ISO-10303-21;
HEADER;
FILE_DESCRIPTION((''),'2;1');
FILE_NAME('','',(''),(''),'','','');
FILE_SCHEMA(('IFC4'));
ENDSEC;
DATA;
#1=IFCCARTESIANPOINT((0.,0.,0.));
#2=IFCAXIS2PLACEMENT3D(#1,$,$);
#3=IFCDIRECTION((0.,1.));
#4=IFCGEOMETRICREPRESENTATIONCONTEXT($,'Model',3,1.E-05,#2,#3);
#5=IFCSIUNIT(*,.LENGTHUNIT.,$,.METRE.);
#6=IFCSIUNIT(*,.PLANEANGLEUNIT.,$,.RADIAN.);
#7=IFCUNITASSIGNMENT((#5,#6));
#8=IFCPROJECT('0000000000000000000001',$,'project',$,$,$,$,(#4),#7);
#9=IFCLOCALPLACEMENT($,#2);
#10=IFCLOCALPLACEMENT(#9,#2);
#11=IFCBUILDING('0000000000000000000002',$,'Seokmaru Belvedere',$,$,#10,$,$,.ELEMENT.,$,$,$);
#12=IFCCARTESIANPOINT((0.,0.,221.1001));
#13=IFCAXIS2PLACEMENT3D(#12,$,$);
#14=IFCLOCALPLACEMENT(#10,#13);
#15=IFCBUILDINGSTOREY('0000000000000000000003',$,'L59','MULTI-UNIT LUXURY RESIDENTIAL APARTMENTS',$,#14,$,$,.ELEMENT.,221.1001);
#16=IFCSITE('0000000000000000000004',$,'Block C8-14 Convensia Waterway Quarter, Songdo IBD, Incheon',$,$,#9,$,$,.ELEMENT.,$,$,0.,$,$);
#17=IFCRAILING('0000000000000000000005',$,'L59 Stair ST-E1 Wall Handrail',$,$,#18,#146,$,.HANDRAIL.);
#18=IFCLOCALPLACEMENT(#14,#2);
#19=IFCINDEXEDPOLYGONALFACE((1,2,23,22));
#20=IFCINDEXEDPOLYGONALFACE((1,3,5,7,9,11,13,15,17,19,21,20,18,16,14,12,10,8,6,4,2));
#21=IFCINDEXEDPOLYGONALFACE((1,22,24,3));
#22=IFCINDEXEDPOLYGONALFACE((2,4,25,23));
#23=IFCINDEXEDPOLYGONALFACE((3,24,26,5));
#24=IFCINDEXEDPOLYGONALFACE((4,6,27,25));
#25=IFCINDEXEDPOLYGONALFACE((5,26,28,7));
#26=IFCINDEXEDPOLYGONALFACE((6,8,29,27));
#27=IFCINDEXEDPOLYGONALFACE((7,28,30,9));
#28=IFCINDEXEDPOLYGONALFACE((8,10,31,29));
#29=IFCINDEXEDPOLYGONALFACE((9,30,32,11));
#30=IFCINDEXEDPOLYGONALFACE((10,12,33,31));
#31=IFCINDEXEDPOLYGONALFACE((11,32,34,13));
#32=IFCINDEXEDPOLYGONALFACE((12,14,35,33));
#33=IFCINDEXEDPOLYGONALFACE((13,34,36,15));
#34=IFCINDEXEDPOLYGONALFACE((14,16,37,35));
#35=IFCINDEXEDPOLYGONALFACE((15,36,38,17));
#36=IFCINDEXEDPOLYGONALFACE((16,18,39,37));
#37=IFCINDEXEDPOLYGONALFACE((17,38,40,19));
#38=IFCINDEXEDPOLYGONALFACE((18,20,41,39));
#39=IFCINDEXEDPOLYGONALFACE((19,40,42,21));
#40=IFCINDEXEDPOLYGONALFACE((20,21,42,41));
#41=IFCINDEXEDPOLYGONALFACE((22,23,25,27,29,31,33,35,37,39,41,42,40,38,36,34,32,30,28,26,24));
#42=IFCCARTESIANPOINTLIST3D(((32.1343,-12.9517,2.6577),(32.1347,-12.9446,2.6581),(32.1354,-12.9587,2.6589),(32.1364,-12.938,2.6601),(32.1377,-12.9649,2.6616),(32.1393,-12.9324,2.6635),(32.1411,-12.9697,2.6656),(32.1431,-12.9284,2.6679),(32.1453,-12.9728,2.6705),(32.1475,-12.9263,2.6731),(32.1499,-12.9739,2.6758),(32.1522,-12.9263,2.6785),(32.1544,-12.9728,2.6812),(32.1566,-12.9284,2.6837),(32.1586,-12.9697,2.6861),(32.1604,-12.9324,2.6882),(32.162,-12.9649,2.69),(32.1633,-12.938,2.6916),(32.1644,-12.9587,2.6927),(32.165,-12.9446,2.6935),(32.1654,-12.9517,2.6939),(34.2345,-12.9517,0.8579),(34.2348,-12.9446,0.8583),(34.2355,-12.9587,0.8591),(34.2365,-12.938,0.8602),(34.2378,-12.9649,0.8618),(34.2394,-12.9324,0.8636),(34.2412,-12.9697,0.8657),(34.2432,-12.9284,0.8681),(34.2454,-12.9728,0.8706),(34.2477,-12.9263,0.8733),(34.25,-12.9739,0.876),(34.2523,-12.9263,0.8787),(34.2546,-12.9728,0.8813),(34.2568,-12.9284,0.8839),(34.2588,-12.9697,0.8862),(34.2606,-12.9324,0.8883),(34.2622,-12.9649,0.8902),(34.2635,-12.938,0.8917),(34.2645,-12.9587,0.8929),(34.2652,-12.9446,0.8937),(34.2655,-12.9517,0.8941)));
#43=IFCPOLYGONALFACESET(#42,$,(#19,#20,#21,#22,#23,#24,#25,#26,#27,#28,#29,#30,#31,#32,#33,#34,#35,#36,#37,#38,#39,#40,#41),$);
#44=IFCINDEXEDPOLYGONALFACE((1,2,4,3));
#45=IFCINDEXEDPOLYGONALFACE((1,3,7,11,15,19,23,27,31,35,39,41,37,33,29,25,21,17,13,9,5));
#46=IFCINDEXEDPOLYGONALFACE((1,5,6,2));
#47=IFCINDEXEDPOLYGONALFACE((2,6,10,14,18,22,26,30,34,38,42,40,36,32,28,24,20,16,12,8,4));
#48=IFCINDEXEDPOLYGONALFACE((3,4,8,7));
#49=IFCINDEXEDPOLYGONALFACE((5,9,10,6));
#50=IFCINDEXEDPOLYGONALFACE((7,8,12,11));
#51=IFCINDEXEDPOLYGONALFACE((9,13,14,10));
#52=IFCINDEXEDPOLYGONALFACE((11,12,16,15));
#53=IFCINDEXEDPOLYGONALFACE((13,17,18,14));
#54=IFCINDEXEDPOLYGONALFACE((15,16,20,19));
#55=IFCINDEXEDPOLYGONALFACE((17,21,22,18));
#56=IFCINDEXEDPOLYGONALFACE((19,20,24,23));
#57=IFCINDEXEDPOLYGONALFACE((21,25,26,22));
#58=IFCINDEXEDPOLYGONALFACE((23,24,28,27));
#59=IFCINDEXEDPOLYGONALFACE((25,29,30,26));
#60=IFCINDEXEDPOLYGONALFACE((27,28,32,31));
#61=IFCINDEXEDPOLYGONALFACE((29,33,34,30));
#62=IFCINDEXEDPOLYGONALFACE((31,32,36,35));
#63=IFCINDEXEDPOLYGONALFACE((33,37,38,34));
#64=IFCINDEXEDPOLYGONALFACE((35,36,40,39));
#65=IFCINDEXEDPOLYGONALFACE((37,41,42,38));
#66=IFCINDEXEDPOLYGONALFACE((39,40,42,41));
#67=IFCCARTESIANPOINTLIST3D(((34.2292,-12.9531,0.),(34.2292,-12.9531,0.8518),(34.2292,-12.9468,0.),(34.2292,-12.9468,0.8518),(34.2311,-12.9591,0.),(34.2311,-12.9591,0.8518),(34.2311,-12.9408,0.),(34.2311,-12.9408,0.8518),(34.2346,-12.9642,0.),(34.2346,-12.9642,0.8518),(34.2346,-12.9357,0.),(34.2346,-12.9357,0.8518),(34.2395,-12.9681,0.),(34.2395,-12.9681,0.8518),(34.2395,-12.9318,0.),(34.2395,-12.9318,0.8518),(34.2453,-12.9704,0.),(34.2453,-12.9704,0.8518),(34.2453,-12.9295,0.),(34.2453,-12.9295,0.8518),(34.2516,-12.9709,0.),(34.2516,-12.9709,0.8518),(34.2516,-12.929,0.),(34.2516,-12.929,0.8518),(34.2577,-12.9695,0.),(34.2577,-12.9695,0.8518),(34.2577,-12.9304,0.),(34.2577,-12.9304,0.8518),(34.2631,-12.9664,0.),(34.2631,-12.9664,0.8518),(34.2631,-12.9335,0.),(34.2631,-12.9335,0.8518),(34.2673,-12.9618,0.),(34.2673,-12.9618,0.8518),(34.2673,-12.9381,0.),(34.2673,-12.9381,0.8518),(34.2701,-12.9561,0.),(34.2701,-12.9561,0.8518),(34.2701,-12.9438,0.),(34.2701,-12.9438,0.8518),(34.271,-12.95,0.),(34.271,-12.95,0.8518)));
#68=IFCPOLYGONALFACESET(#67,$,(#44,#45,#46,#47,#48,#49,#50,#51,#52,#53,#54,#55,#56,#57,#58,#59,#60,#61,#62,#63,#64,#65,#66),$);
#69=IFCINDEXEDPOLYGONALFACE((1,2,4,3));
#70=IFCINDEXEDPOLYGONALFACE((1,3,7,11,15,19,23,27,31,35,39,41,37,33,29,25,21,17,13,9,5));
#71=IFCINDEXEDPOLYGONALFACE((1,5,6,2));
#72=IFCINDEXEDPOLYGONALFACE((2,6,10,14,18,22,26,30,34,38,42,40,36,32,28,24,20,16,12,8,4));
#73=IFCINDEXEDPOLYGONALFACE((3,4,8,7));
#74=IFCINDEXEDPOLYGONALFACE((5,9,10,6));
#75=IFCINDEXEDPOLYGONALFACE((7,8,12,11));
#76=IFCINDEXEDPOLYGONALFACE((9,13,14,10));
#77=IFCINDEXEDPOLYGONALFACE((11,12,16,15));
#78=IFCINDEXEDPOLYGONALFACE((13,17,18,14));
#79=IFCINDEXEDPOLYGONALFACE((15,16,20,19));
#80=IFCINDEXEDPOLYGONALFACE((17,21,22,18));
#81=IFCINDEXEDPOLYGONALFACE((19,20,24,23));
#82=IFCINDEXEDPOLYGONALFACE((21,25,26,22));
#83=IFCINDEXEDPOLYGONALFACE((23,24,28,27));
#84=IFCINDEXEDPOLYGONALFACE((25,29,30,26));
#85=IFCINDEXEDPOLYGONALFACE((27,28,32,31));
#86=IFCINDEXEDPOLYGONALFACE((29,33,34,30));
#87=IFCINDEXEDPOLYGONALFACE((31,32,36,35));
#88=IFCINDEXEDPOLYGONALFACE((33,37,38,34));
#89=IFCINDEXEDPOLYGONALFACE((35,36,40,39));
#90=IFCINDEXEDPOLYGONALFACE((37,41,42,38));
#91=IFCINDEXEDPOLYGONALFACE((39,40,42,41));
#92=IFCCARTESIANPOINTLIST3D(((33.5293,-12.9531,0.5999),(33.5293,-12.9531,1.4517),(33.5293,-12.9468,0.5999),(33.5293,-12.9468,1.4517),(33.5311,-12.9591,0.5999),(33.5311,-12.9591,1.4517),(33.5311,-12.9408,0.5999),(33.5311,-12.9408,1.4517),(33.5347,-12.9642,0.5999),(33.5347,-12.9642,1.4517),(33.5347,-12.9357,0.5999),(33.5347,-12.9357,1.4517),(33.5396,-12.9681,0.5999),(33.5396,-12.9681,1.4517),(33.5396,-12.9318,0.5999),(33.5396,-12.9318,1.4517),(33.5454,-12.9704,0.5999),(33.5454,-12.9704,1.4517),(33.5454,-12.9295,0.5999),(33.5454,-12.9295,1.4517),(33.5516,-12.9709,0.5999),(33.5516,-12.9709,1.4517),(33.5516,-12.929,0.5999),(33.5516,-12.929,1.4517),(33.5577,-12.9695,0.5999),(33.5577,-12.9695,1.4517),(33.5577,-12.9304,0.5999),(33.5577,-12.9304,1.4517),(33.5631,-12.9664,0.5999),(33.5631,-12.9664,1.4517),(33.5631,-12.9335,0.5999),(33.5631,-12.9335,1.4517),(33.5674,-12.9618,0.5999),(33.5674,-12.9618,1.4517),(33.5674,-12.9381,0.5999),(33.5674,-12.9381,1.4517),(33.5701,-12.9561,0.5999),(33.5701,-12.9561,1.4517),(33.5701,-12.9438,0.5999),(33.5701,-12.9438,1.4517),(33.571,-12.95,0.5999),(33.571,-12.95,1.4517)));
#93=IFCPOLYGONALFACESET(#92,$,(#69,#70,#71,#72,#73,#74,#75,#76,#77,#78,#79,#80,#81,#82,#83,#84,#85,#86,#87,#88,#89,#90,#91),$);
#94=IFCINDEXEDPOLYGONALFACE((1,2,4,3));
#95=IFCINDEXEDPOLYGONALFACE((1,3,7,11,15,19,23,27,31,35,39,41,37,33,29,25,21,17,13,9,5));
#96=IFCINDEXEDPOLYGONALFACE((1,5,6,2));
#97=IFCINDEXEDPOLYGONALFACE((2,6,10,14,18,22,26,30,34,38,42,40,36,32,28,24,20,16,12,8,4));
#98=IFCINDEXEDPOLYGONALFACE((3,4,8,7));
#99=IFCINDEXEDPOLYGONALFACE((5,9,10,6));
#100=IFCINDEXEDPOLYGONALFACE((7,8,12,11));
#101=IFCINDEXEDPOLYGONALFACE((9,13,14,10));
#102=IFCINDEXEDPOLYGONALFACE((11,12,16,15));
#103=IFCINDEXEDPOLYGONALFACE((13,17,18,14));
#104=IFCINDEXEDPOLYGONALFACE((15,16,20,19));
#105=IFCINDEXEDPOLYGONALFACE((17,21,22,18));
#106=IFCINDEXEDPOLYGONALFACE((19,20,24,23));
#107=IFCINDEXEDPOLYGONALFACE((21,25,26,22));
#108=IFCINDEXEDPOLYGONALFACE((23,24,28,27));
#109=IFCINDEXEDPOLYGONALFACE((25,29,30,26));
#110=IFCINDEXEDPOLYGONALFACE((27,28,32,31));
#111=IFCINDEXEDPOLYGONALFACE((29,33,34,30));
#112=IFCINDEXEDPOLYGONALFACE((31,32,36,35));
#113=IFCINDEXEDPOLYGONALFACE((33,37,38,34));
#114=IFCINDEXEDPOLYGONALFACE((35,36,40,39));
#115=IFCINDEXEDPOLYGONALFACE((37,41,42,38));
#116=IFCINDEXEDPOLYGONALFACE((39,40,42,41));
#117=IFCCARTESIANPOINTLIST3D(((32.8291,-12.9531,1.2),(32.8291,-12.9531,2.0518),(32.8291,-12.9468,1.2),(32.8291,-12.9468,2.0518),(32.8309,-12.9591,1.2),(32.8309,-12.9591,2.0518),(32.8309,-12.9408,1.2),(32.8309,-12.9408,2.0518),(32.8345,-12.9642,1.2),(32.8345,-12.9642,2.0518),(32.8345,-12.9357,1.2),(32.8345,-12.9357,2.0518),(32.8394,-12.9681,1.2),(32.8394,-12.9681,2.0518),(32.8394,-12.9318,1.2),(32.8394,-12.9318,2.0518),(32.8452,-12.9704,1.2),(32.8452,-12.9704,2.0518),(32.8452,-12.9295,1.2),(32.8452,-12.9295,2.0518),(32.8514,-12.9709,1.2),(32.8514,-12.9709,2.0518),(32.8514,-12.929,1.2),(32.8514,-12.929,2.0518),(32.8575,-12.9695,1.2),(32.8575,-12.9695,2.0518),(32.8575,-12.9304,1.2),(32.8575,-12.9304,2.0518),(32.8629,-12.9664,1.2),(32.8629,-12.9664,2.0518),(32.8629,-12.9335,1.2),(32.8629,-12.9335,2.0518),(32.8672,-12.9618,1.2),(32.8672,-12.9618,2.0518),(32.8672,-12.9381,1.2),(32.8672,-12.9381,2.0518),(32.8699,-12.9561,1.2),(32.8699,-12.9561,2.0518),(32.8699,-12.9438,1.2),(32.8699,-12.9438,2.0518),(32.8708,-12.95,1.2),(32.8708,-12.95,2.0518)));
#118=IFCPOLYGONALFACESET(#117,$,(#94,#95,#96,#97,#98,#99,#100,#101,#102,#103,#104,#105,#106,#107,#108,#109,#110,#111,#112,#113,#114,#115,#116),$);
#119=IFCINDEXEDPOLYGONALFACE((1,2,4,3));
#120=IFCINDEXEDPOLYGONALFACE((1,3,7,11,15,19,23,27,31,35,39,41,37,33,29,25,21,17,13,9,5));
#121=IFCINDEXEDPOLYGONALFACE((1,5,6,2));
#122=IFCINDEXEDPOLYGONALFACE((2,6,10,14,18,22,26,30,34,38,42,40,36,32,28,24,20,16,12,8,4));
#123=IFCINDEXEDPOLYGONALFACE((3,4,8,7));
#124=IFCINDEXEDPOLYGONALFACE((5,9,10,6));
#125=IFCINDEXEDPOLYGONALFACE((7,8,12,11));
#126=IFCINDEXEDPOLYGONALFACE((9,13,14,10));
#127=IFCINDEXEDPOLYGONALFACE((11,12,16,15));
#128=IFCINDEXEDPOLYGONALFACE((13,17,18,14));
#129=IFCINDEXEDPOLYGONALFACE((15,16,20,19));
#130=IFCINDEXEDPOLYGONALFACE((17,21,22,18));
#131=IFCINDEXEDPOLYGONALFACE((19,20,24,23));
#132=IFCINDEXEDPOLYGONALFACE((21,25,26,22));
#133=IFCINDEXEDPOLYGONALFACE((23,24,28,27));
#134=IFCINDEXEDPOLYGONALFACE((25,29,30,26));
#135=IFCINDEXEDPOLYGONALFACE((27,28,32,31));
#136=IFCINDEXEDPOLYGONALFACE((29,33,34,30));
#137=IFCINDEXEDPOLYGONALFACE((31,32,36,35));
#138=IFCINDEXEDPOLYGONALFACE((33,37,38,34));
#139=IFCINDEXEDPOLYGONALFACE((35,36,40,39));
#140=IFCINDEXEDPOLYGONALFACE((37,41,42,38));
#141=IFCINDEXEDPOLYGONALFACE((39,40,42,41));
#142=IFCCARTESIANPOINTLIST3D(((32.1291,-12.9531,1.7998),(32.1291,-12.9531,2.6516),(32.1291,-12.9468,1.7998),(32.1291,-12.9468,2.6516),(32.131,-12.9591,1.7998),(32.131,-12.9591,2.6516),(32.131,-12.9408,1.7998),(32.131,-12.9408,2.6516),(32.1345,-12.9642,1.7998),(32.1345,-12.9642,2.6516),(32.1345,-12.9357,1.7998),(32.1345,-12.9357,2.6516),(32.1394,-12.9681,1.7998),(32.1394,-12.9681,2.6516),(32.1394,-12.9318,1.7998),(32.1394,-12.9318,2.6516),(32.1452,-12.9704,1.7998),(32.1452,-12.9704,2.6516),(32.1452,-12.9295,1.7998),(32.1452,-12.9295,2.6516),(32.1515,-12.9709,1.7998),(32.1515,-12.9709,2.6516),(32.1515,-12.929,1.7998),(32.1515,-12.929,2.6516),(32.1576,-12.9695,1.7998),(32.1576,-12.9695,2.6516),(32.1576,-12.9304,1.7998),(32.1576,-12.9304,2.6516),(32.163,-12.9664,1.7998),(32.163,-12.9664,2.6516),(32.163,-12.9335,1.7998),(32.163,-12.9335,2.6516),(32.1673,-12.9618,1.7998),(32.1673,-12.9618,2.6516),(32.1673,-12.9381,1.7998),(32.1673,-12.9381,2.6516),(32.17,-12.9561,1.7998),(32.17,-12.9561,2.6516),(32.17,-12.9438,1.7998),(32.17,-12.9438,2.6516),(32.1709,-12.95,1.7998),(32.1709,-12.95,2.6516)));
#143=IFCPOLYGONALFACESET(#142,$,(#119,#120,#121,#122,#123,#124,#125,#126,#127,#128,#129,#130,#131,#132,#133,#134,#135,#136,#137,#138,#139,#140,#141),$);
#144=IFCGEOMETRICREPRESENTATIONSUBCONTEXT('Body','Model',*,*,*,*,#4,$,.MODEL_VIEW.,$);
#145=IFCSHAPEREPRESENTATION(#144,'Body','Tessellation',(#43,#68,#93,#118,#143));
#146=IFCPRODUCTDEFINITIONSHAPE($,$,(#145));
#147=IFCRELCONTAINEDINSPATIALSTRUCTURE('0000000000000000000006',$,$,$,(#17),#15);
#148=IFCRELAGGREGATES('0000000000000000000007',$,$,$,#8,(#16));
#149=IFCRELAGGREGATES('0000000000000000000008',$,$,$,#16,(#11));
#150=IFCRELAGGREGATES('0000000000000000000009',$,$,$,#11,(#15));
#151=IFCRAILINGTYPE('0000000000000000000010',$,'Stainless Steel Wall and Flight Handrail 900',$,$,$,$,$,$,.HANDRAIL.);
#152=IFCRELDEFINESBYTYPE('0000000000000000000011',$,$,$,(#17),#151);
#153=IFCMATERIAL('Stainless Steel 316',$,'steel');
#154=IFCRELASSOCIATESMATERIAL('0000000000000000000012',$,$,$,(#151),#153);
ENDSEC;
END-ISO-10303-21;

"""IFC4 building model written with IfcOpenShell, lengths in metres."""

from ifc_helpers import new_model, si_unit, direction, frame, origin, origin_2d, place, context, subcontext, project, spatial, circle, extrude, material, type_object, element, save


model = new_model("IFC4")

# Units and contexts
model_context = context("Model", 3, precision=1e-05, world=origin(), true_north=direction((0.0, 1.0)))
body_context = subcontext(model_context, "Body", "Model", "MODEL_VIEW")
ifc_project = project(units=[si_unit("LENGTHUNIT", "METRE"), si_unit("PLANEANGLEUNIT", "RADIAN")], contexts=[model_context])

# Site, building, storey
site_placement = place(None, origin())
site = spatial("IfcSite", under=ifc_project, at=site_placement, Name="Block C8-14 Convensia Waterway Quarter, Songdo IBD, Incheon", CompositionType="ELEMENT", RefElevation=0.0)
building_placement = place(site_placement, origin())
building = spatial("IfcBuilding", under=site, at=building_placement, Name="Seokmaru Belvedere", CompositionType="ELEMENT")
storey_placement = place(building_placement, frame((0.0, 0.0, 221.1001)))
storey = spatial("IfcBuildingStorey", under=building, at=storey_placement, Name="L59", Description="MULTI-UNIT LUXURY RESIDENTIAL APARTMENTS", CompositionType="ELEMENT", Elevation=221.1001)

# Shared definitions
ifc_material_1 = material(Name="Stainless Steel 316", Category="steel")

# Railing
railing_type_1 = type_object("IfcRailingType", Name="Stainless Steel Wall and Flight Handrail 900", PredefinedType="HANDRAIL", material=ifc_material_1)
railing_1_placement = place(storey_placement, frame((34.25, -12.95, 0.0)))
element("IfcRailing", 1, at=railing_1_placement, inside=storey, type_object=railing_type_1, Name="L59 Stair ST-E1 Wall Handrail", PredefinedType="HANDRAIL", context=body_context, shape_type="SweptSolid", body=[
    extrude(circle(Radius=0.0239, at=origin_2d()), frame((0.0, 0.0, 0.876), z_axis=(-0.759306, 0.0, 0.650733), x_axis=(0.0, -1.0, 0.0)), (0.0, 0.0, 1.0), 2.7659),
    extrude(circle(Radius=0.021, at=origin_2d()), origin(), (0.0, 0.0, 1.0), 0.8518),
    extrude(circle(Radius=0.021, at=origin_2d()), frame((-0.7, 0.0, 0.5999)), (0.0, 0.0, 1.0), 0.8518),
    extrude(circle(Radius=0.021, at=origin_2d()), frame((-1.4001, 0.0, 1.2)), (0.0, 0.0, 1.0), 0.8518),
    extrude(circle(Radius=0.021, at=origin_2d()), frame((-2.1001, 0.0, 1.7998)), (0.0, 0.0, 1.0), 0.8518),
])

save(model, "model.ifc")
